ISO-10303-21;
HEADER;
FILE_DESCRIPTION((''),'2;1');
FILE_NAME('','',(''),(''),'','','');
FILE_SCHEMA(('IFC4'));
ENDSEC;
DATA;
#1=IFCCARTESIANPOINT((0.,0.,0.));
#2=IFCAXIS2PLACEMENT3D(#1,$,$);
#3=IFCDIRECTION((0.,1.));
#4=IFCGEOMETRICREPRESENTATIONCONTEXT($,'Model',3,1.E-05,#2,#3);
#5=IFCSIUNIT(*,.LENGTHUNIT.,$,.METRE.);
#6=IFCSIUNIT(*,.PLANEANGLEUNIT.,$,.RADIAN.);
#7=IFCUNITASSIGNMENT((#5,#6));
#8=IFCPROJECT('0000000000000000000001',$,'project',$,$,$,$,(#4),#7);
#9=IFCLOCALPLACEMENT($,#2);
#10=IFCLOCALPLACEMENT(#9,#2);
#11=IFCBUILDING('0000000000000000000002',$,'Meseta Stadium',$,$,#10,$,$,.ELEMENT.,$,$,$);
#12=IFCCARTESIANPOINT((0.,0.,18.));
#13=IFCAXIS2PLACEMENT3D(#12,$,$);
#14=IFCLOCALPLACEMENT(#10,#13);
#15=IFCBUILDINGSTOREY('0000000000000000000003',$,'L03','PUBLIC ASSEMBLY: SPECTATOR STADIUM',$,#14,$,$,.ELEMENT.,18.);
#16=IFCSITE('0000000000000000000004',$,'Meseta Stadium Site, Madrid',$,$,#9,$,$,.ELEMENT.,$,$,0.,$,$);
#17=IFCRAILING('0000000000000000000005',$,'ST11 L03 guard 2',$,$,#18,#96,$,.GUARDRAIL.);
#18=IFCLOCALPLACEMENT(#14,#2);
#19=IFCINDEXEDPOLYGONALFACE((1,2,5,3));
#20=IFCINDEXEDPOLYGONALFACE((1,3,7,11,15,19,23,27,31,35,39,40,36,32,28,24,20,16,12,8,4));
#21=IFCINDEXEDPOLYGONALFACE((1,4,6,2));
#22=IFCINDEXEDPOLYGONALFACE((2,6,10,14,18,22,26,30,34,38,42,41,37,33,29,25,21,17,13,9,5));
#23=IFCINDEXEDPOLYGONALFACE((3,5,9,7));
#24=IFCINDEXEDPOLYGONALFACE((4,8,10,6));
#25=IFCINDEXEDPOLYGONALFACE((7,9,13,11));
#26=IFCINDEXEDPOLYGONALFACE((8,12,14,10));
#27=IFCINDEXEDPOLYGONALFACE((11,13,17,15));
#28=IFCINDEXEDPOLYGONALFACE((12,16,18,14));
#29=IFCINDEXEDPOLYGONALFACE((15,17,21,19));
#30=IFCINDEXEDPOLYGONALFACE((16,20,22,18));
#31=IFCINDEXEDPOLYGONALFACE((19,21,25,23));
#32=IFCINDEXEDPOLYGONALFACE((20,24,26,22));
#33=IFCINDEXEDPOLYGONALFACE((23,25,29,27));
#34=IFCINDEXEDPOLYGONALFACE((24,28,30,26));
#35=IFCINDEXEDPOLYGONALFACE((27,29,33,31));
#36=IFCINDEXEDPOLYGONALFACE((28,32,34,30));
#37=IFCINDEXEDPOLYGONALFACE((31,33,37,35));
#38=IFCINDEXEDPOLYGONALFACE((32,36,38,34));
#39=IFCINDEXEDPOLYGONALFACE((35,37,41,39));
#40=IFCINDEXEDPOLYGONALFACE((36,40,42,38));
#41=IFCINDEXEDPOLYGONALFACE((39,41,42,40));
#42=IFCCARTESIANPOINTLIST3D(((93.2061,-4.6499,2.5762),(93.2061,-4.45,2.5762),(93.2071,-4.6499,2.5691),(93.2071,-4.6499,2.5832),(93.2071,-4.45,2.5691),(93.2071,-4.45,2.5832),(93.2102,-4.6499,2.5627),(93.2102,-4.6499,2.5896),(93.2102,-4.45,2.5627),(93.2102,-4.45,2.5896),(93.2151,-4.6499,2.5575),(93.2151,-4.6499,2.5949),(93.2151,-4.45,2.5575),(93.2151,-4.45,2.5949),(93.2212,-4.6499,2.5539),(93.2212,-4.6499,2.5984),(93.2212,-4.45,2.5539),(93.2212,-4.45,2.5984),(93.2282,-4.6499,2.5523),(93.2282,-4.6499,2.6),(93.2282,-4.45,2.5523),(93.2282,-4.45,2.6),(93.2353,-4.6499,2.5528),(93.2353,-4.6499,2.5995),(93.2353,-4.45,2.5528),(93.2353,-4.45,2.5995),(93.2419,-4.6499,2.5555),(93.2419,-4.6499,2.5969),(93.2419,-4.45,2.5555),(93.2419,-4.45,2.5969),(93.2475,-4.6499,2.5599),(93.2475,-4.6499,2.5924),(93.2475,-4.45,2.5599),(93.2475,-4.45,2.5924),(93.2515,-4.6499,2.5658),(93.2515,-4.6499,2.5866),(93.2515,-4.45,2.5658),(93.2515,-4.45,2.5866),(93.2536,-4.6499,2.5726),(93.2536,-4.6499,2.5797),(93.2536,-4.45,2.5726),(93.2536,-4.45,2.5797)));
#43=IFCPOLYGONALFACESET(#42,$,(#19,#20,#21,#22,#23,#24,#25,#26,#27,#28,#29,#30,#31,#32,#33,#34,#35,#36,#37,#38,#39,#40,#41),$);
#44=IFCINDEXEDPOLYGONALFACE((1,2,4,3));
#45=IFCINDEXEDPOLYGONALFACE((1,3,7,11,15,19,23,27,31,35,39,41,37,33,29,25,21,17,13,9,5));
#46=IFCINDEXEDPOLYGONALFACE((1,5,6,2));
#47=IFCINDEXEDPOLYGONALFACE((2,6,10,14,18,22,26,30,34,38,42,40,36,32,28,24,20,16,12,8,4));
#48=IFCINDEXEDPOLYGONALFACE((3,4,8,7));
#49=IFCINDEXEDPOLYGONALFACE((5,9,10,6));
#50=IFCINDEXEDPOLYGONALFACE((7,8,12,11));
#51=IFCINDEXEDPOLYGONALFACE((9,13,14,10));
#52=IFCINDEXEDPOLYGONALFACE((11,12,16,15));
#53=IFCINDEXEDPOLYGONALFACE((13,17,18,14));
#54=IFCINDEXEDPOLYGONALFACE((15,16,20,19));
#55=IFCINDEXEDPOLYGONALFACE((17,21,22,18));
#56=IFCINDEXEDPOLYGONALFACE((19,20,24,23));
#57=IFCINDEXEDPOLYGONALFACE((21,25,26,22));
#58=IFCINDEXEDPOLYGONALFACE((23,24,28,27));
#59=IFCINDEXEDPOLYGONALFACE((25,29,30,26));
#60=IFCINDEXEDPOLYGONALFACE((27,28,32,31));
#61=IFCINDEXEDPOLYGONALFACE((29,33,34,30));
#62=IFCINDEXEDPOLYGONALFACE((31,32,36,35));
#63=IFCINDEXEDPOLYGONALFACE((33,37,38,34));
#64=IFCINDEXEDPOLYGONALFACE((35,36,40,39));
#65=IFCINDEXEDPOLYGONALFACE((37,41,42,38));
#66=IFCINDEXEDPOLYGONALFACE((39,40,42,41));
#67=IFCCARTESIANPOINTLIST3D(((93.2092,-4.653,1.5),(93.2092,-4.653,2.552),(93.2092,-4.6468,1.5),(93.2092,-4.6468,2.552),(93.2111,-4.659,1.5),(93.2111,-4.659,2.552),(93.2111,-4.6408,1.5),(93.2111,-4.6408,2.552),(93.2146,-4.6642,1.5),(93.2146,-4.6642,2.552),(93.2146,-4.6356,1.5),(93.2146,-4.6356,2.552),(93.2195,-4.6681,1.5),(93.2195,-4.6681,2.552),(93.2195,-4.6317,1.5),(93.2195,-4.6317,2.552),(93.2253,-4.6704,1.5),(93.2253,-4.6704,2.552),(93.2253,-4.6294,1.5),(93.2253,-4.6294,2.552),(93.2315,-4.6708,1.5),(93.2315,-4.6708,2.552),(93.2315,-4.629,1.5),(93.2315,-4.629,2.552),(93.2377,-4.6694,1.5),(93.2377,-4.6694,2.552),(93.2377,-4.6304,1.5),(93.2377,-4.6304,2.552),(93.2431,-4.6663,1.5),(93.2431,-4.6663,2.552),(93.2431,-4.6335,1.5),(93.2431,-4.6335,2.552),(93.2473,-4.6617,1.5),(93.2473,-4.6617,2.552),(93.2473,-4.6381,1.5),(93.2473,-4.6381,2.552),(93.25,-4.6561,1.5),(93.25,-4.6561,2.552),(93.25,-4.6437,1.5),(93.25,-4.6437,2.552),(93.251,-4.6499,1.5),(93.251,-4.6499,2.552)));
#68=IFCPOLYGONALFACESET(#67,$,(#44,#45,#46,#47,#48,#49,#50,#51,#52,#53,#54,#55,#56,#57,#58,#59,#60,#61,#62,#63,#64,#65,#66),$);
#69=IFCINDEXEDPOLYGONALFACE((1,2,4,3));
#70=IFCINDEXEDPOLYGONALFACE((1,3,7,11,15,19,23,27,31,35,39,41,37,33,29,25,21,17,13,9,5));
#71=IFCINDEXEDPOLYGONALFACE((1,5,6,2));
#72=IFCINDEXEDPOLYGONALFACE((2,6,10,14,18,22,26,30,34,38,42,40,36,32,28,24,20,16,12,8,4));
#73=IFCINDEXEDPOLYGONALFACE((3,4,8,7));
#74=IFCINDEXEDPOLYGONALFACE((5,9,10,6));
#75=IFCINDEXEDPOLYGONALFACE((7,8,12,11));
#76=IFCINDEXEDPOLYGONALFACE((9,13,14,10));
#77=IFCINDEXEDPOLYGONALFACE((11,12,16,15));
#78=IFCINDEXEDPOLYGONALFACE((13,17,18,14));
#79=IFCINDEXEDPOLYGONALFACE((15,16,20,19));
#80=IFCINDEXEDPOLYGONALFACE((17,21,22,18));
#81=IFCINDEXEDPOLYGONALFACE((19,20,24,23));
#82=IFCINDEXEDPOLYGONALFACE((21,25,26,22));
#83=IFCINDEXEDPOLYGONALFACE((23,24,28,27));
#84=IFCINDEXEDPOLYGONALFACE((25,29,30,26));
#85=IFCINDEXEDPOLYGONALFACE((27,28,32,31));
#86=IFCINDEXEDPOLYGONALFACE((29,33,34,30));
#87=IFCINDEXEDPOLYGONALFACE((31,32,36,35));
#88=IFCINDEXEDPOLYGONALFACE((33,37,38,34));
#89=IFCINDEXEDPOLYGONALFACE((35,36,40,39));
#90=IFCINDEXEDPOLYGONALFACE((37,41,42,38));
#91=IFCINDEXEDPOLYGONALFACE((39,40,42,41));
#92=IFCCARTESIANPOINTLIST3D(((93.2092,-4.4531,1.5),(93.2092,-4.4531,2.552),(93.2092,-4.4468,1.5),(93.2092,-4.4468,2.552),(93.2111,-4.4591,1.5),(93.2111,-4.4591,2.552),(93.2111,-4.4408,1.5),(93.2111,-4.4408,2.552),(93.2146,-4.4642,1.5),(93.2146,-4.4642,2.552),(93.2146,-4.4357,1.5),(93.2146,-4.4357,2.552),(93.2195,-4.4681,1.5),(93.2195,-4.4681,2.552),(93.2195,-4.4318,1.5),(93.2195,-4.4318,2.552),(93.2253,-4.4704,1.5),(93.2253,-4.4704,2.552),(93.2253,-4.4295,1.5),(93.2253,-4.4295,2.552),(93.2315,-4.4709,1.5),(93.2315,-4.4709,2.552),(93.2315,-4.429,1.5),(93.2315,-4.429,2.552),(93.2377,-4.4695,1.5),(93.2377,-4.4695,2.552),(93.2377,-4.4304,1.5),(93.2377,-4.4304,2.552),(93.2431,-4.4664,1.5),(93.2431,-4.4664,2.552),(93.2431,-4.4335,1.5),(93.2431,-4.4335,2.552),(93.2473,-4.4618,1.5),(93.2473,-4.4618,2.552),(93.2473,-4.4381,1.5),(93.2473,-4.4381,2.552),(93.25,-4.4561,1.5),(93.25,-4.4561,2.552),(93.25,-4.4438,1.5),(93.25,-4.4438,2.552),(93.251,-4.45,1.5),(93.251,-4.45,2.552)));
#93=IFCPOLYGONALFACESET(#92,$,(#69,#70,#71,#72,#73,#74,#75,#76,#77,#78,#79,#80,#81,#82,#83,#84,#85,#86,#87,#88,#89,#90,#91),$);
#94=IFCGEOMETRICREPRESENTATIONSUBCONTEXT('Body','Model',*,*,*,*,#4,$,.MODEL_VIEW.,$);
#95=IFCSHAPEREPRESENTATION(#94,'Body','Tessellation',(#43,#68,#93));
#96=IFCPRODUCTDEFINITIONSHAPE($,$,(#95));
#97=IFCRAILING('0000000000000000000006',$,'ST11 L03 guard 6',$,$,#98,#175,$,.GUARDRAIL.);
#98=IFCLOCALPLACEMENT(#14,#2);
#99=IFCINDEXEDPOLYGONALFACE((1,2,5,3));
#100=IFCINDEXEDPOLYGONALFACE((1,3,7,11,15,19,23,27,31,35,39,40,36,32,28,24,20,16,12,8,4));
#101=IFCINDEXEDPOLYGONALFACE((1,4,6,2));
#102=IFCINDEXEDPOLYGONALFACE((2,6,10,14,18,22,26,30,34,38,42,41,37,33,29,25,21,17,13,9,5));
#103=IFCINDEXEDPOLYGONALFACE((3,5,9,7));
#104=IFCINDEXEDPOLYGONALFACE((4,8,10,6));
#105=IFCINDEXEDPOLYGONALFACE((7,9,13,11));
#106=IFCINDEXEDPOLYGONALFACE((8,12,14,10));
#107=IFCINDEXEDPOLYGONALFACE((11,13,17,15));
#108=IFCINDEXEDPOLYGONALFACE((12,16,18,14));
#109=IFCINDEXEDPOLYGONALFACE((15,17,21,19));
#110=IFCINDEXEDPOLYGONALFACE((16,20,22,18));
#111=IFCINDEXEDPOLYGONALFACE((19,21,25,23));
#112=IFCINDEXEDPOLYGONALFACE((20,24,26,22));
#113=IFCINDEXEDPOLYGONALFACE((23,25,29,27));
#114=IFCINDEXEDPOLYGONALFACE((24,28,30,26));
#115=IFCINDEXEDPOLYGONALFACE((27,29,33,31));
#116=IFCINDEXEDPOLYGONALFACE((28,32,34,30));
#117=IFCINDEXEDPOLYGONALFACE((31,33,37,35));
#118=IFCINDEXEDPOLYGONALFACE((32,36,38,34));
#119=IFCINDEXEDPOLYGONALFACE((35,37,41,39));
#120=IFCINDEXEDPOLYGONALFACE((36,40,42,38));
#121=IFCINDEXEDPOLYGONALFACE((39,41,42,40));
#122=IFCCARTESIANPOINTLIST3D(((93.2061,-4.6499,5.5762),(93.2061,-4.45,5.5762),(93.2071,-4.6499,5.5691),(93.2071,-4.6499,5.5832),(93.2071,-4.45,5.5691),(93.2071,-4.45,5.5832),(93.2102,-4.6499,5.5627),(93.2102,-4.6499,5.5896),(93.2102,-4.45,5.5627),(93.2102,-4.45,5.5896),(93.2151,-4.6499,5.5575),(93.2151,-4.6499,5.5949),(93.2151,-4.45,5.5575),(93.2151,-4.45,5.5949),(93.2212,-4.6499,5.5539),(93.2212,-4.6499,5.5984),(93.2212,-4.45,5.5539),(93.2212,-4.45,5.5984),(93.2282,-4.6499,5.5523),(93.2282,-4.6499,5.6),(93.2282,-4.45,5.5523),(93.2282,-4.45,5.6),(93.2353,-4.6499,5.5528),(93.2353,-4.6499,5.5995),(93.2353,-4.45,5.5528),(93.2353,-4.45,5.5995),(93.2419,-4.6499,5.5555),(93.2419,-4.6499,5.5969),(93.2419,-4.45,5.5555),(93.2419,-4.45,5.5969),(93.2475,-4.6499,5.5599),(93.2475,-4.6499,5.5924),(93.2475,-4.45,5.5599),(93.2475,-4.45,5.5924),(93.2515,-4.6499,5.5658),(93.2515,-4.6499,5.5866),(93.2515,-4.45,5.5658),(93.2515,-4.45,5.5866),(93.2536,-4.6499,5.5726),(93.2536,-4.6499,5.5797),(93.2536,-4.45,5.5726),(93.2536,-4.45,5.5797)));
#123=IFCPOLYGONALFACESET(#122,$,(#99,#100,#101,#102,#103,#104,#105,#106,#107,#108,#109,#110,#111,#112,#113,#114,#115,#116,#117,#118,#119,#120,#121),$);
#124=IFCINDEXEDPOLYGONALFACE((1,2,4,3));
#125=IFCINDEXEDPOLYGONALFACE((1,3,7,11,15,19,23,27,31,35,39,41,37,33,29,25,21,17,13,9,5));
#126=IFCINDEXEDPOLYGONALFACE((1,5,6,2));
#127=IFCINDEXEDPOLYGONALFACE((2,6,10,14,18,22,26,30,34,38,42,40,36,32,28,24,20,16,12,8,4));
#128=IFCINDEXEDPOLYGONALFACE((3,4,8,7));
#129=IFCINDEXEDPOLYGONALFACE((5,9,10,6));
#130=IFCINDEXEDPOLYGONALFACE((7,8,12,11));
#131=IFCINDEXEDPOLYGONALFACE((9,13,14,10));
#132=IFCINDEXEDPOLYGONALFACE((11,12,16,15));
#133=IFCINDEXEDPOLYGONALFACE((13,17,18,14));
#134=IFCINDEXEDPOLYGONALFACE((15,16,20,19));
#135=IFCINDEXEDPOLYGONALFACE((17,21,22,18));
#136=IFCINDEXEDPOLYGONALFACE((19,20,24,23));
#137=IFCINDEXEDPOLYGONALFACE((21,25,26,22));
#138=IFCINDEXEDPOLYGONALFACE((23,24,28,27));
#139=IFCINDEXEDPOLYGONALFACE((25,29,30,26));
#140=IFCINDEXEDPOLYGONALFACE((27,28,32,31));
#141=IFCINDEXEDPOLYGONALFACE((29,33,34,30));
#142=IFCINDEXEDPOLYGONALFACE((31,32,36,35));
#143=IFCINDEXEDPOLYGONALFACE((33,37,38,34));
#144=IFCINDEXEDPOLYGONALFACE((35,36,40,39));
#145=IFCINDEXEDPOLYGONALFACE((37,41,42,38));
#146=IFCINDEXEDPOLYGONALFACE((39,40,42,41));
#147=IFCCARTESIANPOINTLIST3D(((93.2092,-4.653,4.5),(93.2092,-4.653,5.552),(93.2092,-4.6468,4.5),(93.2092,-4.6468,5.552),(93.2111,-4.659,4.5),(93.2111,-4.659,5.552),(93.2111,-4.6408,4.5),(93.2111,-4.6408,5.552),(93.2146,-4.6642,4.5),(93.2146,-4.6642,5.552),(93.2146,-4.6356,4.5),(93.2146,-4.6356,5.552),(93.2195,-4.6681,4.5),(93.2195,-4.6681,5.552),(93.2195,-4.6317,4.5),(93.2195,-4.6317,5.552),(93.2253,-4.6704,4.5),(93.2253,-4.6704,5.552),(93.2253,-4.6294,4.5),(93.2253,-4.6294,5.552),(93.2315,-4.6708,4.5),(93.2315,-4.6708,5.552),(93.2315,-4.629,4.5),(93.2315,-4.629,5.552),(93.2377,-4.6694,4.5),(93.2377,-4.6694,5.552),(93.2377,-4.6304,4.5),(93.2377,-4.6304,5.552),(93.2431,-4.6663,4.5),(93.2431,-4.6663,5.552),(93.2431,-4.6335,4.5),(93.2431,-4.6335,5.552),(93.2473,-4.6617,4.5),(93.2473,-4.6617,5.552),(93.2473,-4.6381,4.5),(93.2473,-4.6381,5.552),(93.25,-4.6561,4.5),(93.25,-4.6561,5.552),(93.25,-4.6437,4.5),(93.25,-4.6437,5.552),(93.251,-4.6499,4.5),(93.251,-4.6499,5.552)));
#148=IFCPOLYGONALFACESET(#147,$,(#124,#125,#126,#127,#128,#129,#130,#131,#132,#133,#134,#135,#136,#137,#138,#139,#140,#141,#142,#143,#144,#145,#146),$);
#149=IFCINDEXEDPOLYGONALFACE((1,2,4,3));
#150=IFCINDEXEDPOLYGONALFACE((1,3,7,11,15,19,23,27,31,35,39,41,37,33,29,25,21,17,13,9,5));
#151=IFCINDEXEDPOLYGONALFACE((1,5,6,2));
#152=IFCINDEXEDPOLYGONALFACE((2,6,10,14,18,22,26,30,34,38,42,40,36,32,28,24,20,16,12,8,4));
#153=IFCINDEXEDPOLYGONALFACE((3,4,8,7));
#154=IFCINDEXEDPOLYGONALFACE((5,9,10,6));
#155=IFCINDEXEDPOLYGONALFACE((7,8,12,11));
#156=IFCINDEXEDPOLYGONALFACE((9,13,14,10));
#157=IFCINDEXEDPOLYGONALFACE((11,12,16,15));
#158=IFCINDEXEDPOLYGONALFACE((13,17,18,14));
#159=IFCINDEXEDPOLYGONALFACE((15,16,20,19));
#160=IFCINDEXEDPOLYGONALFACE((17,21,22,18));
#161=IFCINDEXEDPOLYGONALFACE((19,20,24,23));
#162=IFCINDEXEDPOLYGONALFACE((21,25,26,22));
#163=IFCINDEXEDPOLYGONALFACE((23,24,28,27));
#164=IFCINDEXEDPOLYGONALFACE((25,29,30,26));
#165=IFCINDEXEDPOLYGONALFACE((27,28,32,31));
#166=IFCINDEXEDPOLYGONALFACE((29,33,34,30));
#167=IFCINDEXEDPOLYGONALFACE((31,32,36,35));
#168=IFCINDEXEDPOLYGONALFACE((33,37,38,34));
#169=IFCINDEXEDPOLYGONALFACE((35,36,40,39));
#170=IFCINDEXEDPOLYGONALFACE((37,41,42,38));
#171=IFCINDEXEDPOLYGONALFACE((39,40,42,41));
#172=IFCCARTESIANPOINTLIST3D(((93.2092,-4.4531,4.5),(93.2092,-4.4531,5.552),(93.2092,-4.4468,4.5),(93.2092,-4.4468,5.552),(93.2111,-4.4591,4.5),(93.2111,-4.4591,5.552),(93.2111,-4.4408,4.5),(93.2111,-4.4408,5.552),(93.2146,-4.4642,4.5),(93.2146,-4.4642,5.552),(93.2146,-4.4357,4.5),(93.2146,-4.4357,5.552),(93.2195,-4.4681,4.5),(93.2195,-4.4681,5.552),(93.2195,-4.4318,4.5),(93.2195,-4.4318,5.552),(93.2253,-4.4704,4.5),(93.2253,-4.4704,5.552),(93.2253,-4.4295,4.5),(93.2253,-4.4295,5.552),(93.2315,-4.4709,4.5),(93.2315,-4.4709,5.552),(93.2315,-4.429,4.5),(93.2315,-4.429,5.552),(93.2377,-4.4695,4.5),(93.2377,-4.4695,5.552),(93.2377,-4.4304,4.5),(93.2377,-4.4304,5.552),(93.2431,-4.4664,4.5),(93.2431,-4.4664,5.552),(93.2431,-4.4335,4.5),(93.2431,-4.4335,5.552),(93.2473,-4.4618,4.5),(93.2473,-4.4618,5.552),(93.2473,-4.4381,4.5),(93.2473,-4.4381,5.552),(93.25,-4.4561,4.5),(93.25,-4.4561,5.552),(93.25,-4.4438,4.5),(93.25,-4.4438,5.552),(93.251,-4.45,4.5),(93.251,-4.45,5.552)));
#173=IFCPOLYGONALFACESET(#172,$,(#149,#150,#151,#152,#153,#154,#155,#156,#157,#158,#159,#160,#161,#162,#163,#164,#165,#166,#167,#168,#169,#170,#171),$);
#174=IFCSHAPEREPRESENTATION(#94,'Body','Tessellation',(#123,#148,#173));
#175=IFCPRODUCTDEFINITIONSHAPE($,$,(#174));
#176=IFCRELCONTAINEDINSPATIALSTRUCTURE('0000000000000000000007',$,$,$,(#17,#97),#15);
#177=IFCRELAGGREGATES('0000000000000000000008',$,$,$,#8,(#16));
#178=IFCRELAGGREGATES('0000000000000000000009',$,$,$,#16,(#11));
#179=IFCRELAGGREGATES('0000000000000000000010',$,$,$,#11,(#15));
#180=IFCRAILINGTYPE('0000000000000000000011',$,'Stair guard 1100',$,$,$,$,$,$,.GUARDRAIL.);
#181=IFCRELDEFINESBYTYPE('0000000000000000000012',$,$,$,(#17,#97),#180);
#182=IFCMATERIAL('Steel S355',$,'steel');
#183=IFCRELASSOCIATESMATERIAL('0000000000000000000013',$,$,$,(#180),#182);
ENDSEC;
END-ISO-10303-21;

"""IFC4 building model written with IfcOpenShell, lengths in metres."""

from ifc_helpers import new_model, si_unit, direction, frame, origin, origin_2d, place, context, subcontext, project, spatial, circle, extrude, material, type_object, element, save


model = new_model("IFC4")

# Units and contexts
model_context = context("Model", 3, precision=1e-05, world=origin(), true_north=direction((0.0, 1.0)))
body_context = subcontext(model_context, "Body", "Model", "MODEL_VIEW")
ifc_project = project(units=[si_unit("LENGTHUNIT", "METRE"), si_unit("PLANEANGLEUNIT", "RADIAN")], contexts=[model_context])

# Site, building, storey
site_placement = place(None, origin())
site = spatial("IfcSite", under=ifc_project, at=site_placement, Name="Meseta Stadium Site, Madrid", CompositionType="ELEMENT", RefElevation=0.0)
building_placement = place(site_placement, origin())
building = spatial("IfcBuilding", under=site, at=building_placement, Name="Meseta Stadium", CompositionType="ELEMENT")
storey_placement = place(building_placement, frame((0.0, 0.0, 18.0)))
storey = spatial("IfcBuildingStorey", under=building, at=storey_placement, Name="L03", Description="PUBLIC ASSEMBLY: SPECTATOR STADIUM", CompositionType="ELEMENT", Elevation=18.0)

# Railings
ifc_material_1 = material(Name="Steel S355", Category="steel")
railing_type = type_object("IfcRailingType", Name="Stair guard 1100", PredefinedType="GUARDRAIL", material=ifc_material_1)
for number, where, name in (
    (1, (93.23, -4.6499, 1.5), "ST11 L03 guard 2"),
    (2, (93.23, -4.6499, 4.5), "ST11 L03 guard 6"),
):
    element("IfcRailing", number, at=place(storey_placement, frame(where)), inside=storey, type_object=railing_type, Name=name, PredefinedType="GUARDRAIL", context=body_context, shape_type="SweptSolid", body=[
        extrude(circle(Radius=0.0239, at=origin_2d()), frame((0.0, 0.0, 1.0762), z_axis=(0.0, 1.0, 0.0), x_axis=(-1.0, 0.0, 0.0)), (0.0, 0.0, 1.0), 0.2),
        extrude(circle(Radius=0.021, at=origin_2d()), origin(), (0.0, 0.0, 1.0), 1.052),
        extrude(circle(Radius=0.021, at=origin_2d()), frame((0.0, 0.2, 0.0)), (0.0, 0.0, 1.0), 1.052),
    ])

save(model, "model.ifc")
